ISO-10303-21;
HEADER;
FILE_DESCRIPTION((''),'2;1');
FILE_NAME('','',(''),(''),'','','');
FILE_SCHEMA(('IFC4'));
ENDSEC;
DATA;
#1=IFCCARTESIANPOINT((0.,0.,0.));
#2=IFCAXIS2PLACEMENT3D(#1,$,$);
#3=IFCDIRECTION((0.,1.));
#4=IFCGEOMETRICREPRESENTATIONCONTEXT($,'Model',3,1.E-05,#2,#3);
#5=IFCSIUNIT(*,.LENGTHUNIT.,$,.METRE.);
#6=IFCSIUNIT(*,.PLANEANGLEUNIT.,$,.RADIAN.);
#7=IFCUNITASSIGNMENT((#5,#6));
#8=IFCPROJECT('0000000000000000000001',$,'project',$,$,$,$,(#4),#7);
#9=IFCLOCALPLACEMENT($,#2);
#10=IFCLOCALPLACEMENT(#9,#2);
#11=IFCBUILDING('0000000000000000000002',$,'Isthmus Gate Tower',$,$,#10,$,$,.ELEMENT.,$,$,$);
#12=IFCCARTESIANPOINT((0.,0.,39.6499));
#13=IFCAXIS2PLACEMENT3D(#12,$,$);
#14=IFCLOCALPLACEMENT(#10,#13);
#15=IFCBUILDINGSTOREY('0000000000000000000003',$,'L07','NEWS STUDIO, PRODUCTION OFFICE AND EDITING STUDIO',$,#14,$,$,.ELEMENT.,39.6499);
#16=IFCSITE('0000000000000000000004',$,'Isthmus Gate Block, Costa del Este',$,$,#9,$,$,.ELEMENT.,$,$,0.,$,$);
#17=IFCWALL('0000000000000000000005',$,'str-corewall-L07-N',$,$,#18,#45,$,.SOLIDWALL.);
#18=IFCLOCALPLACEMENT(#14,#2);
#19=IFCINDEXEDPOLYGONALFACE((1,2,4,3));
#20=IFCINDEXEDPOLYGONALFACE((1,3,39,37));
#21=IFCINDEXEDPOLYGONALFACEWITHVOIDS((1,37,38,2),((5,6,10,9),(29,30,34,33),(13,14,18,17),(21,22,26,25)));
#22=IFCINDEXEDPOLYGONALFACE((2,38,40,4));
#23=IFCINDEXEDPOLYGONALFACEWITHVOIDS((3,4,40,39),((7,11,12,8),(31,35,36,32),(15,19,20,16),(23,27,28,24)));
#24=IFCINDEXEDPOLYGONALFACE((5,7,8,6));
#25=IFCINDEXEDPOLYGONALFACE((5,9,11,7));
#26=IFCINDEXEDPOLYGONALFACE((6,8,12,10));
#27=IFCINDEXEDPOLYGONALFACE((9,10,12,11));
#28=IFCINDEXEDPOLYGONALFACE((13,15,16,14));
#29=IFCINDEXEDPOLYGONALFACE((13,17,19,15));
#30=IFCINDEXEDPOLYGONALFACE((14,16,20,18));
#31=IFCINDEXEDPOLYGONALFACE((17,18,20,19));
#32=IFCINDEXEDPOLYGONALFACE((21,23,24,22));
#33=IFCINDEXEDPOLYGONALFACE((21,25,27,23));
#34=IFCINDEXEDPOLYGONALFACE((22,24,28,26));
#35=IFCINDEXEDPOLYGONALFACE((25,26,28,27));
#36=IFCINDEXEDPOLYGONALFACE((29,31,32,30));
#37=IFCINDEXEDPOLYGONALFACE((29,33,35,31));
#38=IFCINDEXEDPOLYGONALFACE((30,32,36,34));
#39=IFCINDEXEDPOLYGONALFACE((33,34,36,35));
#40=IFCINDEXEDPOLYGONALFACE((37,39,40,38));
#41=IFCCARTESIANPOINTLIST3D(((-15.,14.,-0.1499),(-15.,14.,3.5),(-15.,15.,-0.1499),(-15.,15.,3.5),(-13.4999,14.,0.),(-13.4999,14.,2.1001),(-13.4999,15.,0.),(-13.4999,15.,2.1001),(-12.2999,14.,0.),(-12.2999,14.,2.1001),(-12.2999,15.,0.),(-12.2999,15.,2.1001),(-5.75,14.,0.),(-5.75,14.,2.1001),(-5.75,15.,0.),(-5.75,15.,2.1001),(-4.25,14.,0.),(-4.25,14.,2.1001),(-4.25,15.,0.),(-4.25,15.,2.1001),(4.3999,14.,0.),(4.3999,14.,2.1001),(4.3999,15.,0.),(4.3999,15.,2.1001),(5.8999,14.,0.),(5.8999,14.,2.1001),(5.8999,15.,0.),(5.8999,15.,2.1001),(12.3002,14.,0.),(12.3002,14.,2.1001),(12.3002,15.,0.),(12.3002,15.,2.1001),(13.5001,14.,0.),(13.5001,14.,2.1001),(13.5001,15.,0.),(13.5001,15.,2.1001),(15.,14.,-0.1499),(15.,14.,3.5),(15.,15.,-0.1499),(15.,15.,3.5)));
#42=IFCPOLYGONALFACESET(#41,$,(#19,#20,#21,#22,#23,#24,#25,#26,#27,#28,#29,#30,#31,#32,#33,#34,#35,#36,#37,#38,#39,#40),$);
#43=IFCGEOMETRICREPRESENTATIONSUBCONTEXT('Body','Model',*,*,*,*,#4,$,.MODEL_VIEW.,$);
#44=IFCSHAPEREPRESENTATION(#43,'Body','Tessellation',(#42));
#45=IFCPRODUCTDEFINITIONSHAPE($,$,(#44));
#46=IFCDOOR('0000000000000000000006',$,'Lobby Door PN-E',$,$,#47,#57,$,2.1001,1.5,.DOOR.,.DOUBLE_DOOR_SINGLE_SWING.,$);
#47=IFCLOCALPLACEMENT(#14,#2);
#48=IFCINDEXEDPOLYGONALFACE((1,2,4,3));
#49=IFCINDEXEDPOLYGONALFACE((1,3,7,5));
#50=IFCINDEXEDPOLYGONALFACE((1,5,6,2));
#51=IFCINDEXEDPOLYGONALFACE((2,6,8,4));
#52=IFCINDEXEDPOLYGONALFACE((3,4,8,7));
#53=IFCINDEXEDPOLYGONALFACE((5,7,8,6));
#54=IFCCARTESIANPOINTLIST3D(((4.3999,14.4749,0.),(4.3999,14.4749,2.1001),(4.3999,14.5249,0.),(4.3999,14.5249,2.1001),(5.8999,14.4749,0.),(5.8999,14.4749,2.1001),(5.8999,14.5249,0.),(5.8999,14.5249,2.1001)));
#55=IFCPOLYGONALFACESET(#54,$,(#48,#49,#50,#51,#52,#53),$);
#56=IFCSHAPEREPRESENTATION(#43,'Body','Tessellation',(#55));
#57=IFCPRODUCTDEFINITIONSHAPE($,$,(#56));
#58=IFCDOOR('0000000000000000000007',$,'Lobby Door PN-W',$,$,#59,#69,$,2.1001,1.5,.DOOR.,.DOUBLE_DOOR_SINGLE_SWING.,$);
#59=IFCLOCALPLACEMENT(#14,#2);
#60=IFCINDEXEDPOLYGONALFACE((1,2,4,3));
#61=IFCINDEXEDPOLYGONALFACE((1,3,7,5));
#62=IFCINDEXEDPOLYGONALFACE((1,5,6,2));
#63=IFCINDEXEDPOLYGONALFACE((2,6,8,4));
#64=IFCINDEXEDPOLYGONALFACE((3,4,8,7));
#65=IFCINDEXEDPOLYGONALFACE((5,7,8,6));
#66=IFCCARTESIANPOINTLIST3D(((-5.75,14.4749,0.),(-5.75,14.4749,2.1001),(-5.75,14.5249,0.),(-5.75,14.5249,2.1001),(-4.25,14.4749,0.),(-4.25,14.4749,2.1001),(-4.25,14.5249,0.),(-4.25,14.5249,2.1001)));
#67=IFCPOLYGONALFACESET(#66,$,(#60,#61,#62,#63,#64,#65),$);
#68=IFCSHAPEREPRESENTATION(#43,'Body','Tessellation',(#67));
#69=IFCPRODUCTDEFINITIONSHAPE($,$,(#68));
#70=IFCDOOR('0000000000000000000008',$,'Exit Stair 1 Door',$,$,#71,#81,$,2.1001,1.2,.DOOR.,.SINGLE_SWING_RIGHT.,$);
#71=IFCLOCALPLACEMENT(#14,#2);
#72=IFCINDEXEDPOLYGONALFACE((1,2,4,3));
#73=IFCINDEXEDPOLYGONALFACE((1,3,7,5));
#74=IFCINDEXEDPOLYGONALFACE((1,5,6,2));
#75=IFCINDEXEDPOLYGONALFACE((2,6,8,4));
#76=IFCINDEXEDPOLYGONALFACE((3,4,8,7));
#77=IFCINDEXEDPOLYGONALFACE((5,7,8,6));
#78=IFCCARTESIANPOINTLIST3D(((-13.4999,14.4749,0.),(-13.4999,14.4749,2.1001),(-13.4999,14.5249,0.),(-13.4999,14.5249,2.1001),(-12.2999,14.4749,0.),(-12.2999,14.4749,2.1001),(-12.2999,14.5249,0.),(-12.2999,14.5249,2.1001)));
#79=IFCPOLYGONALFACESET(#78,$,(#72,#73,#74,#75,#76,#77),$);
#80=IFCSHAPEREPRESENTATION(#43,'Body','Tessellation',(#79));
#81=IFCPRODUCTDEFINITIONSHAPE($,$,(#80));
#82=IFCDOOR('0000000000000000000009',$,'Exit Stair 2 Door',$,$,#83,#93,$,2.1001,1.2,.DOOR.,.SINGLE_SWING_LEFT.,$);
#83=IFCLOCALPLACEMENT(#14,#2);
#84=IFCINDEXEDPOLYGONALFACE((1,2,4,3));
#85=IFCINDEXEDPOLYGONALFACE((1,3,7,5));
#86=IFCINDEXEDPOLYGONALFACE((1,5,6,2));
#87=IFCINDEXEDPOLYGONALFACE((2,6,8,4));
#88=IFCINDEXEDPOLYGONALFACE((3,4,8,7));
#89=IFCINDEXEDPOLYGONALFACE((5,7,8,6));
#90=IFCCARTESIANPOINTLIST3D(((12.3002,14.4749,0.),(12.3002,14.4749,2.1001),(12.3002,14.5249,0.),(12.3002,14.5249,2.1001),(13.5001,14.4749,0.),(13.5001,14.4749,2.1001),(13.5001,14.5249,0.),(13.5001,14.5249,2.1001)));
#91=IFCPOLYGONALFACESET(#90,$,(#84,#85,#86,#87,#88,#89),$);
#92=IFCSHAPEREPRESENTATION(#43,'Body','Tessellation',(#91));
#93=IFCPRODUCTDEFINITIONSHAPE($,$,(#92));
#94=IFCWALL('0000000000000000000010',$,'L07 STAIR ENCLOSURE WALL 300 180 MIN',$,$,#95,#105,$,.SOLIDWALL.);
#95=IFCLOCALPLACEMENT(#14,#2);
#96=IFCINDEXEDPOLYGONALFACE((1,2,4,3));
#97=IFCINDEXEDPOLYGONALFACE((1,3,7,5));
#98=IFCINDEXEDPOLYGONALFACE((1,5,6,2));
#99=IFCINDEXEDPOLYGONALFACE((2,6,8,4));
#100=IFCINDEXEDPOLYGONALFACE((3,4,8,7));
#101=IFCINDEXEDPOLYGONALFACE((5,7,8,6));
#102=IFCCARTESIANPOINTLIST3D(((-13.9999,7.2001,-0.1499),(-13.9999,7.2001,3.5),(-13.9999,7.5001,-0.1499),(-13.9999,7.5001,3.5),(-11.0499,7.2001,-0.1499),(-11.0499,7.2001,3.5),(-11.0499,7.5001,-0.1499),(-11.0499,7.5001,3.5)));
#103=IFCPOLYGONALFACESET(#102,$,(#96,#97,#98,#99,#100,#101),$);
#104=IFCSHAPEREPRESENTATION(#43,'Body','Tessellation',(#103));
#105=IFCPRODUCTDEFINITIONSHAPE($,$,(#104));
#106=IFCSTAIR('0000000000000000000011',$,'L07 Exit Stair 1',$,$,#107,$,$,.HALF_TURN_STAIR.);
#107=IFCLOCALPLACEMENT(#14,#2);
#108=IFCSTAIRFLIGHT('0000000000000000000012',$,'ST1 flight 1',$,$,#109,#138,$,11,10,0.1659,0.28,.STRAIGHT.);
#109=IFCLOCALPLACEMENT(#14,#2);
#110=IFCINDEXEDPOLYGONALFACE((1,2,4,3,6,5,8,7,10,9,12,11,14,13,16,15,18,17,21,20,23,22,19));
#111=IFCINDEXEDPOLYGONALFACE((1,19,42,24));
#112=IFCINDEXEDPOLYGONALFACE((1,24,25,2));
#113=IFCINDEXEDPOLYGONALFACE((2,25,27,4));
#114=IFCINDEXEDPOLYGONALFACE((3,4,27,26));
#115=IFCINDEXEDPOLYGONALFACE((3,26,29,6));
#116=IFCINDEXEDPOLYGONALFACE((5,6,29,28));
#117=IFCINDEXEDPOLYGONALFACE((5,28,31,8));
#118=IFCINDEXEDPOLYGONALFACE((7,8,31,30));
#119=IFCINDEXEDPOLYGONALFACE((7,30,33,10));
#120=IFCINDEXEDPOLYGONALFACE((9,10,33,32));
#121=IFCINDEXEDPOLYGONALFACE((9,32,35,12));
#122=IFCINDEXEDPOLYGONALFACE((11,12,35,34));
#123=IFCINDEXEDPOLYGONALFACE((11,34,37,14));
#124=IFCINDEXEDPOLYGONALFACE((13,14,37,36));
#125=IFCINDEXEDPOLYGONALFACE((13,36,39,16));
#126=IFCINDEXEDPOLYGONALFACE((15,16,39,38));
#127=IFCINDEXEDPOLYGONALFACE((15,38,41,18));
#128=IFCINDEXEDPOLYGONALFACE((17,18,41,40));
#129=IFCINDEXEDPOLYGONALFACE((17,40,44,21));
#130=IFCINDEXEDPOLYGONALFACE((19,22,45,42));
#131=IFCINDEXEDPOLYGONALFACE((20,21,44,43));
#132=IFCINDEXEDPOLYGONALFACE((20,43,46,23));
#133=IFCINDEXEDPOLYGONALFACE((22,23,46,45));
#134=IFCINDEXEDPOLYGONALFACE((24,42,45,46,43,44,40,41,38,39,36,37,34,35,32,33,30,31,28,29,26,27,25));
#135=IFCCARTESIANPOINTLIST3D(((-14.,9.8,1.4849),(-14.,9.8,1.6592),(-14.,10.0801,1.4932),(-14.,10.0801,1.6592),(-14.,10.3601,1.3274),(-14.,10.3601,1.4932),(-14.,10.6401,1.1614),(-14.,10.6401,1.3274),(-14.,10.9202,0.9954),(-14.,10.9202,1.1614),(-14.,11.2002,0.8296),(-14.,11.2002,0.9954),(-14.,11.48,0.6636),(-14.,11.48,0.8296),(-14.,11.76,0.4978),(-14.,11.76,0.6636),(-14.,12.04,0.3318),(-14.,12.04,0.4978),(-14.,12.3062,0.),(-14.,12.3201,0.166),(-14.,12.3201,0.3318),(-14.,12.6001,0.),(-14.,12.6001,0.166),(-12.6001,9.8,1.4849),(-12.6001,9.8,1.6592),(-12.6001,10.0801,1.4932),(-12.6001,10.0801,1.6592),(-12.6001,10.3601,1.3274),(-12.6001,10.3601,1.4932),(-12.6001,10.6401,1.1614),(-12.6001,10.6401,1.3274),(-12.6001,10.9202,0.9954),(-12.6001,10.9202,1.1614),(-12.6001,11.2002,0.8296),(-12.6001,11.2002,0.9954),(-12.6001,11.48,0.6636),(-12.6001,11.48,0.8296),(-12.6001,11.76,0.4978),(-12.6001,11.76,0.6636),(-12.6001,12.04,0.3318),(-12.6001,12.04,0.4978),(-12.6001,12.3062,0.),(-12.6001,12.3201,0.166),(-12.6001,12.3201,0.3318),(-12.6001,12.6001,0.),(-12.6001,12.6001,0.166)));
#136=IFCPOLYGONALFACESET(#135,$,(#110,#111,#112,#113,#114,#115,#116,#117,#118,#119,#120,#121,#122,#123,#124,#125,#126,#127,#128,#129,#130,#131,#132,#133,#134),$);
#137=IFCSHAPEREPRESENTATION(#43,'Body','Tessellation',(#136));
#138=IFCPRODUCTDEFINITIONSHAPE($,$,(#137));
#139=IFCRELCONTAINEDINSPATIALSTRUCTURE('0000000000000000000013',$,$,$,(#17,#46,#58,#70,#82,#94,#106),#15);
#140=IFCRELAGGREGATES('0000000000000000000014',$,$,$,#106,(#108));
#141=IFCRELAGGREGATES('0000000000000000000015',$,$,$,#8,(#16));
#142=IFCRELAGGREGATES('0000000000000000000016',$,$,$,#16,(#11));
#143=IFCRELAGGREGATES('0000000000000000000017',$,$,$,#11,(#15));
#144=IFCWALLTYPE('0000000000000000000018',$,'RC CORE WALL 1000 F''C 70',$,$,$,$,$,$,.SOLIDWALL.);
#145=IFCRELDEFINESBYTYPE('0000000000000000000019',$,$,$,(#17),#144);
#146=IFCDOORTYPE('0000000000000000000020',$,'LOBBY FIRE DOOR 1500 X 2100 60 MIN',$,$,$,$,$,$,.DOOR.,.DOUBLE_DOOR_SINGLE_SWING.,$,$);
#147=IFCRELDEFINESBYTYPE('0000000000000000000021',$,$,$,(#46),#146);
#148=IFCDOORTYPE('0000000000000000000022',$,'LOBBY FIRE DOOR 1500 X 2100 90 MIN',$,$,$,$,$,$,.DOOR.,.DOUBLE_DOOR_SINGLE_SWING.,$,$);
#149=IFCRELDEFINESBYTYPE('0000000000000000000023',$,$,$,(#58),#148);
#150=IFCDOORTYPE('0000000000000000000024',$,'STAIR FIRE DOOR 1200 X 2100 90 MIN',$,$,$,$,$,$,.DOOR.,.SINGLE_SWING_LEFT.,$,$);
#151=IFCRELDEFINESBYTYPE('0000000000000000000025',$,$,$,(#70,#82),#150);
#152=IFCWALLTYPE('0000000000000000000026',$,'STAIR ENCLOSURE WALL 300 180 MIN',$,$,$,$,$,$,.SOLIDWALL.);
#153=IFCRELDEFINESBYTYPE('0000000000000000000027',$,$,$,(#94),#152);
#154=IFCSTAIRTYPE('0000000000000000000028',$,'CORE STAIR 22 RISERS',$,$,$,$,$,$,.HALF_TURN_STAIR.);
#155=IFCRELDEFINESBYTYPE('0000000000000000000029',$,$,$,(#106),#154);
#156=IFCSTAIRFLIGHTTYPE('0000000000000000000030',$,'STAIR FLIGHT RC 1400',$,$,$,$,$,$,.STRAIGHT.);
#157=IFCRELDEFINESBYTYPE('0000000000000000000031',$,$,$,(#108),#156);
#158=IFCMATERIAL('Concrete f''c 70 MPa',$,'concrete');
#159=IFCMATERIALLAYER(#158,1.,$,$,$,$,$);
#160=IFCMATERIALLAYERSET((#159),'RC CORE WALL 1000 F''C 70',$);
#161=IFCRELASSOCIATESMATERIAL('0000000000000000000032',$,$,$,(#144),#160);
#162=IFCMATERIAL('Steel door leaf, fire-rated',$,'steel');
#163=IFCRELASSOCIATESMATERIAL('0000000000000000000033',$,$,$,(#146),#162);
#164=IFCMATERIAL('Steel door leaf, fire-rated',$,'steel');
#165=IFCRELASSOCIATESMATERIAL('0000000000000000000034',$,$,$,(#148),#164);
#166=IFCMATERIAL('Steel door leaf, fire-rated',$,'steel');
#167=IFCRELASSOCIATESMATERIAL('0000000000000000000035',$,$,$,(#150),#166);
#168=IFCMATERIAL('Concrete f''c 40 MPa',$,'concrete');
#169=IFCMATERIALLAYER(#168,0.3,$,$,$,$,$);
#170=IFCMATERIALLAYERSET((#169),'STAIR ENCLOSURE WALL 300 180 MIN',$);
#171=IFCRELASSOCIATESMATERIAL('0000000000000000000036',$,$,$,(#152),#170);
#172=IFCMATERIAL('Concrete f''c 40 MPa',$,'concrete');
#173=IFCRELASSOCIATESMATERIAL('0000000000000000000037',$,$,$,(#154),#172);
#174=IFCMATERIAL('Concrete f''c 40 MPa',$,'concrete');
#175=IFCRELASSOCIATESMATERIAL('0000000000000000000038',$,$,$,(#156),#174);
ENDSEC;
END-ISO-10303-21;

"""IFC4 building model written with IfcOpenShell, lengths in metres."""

from ifc_helpers import new_model, si_unit, direction, frame, frame_2d, origin, place, context, subcontext, project, spatial, polyline, rectangle, outline, extrude, material, layer, layer_set, type_object, element, fill, aggregate, save


model = new_model("IFC4")

# Units and contexts
model_context = context("Model", 3, precision=1e-05, world=origin(), true_north=direction((0.0, 1.0)))
body_context = subcontext(model_context, "Body", "Model", "MODEL_VIEW")
ifc_project = project(units=[si_unit("LENGTHUNIT", "METRE"), si_unit("PLANEANGLEUNIT", "RADIAN")], contexts=[model_context])

# Site, building, storey
site_placement = place(None, origin())
site = spatial("IfcSite", under=ifc_project, at=site_placement, Name="Isthmus Gate Block, Costa del Este", CompositionType="ELEMENT", RefElevation=0.0)
building_placement = place(site_placement, origin())
building = spatial("IfcBuilding", under=site, at=building_placement, Name="Isthmus Gate Tower", CompositionType="ELEMENT")
storey_placement = place(building_placement, frame((0.0, 0.0, 39.6499)))
storey = spatial("IfcBuildingStorey", under=building, at=storey_placement, Name="L07", Description="NEWS STUDIO, PRODUCTION OFFICE AND EDITING STUDIO", CompositionType="ELEMENT", Elevation=39.6499)

# Wall, openings, doors
ifc_material_1 = material(Name="Concrete f'c 70 MPa", Category="concrete")
ifc_layer_1 = layer(ifc_material_1, 1.0)
ifc_layer_set_1 = layer_set([ifc_layer_1], Name="RC CORE WALL 1000 F'C 70")
wall_type_1 = type_object("IfcWallType", Name="RC CORE WALL 1000 F'C 70", PredefinedType="SOLIDWALL", material=ifc_layer_set_1)
wall_1_placement = place(storey_placement, frame((-15.0, 14.5, -0.1499), z_axis=(0.0, 0.0, 1.0), x_axis=(1.0, 0.0, 0.0)))
wall_1 = element("IfcWall", 1, at=wall_1_placement, inside=storey, type_object=wall_type_1, Name="str-corewall-L07-N", PredefinedType="SOLIDWALL", context=body_context, shape_type="SweptSolid", body=[
    extrude(rectangle(XDim=30.0, YDim=1.0, at=frame_2d((15.0, 0.0))), origin(), (0.0, 0.0, 1.0), 3.6499),
])
opening_1_placement = place(wall_1_placement, frame((9.25, 0.0, 0.1499)))
opening_1 = element("IfcOpeningElement", 2, at=opening_1_placement, cuts=wall_1, PredefinedType="OPENING", context=body_context, shape_type="SweptSolid", body=[
    extrude(rectangle(XDim=1.5, YDim=2.1001, at=frame_2d((0.75, 1.05))), frame((0.0, 0.51, 0.0), z_axis=(0.0, -1.0, 0.0), x_axis=(1.0, 0.0, 0.0)), (0.0, 0.0, 1.0), 1.02),
])
opening_2_placement = place(wall_1_placement, frame((19.3999, 0.0, 0.1499)))
opening_2 = element("IfcOpeningElement", 3, at=opening_2_placement, cuts=wall_1, PredefinedType="OPENING", context=body_context, shape_type="SweptSolid", body=[
    extrude(rectangle(XDim=1.5, YDim=2.1001, at=frame_2d((0.75, 1.05))), frame((0.0, 0.51, 0.0), z_axis=(0.0, -1.0, 0.0), x_axis=(1.0, 0.0, 0.0)), (0.0, 0.0, 1.0), 1.02),
])
opening_3_placement = place(wall_1_placement, frame((1.5, 0.0, 0.1499)))
opening_3 = element("IfcOpeningElement", 4, at=opening_3_placement, cuts=wall_1, PredefinedType="OPENING", context=body_context, shape_type="SweptSolid", body=[
    extrude(rectangle(XDim=1.2, YDim=2.1001, at=frame_2d((0.6001, 1.05))), frame((0.0, 0.51, 0.0), z_axis=(0.0, -1.0, 0.0), x_axis=(1.0, 0.0, 0.0)), (0.0, 0.0, 1.0), 1.02),
])
opening_4_placement = place(wall_1_placement, frame((27.3, 0.0, 0.1499)))
opening_4 = element("IfcOpeningElement", 5, at=opening_4_placement, cuts=wall_1, PredefinedType="OPENING", context=body_context, shape_type="SweptSolid", body=[
    extrude(rectangle(XDim=1.2, YDim=2.1001, at=frame_2d((0.6001, 1.05))), frame((0.0, 0.51, 0.0), z_axis=(0.0, -1.0, 0.0), x_axis=(1.0, 0.0, 0.0)), (0.0, 0.0, 1.0), 1.02),
])
ifc_material_2 = material(Name="Steel door leaf, fire-rated", Category="steel")
door_type_1 = type_object("IfcDoorType", Name="LOBBY FIRE DOOR 1500 X 2100 60 MIN", OperationType="DOUBLE_DOOR_SINGLE_SWING", PredefinedType="DOOR", material=ifc_material_2)
door_1_placement = place(opening_2_placement, origin())
door_1 = element("IfcDoor", 6, at=door_1_placement, inside=storey, type_object=door_type_1, Name="Lobby Door PN-E", OperationType="DOUBLE_DOOR_SINGLE_SWING", OverallHeight=2.1001, OverallWidth=1.5, PredefinedType="DOOR", context=body_context, shape_type="SweptSolid", body=[
    extrude(rectangle(XDim=1.5, YDim=2.1001, at=frame_2d((0.75, 1.05))), frame((0.0, 0.0249, 0.0), z_axis=(0.0, -1.0, 0.0), x_axis=(1.0, 0.0, 0.0)), (0.0, 0.0, 1.0), 0.05),
])
fill(opening_2, door_1)
ifc_material_3 = material(Name="Steel door leaf, fire-rated", Category="steel")
door_type_2 = type_object("IfcDoorType", Name="LOBBY FIRE DOOR 1500 X 2100 90 MIN", OperationType="DOUBLE_DOOR_SINGLE_SWING", PredefinedType="DOOR", material=ifc_material_3)
door_2_placement = place(opening_1_placement, origin())
door_2 = element("IfcDoor", 7, at=door_2_placement, inside=storey, type_object=door_type_2, Name="Lobby Door PN-W", OperationType="DOUBLE_DOOR_SINGLE_SWING", OverallHeight=2.1001, OverallWidth=1.5, PredefinedType="DOOR", context=body_context, shape_type="SweptSolid", body=[
    extrude(rectangle(XDim=1.5, YDim=2.1001, at=frame_2d((0.75, 1.05))), frame((0.0, 0.0249, 0.0), z_axis=(0.0, -1.0, 0.0), x_axis=(1.0, 0.0, 0.0)), (0.0, 0.0, 1.0), 0.05),
])
fill(opening_1, door_2)
ifc_material_4 = material(Name="Steel door leaf, fire-rated", Category="steel")
door_type_3 = type_object("IfcDoorType", Name="STAIR FIRE DOOR 1200 X 2100 90 MIN", OperationType="SINGLE_SWING_LEFT", PredefinedType="DOOR", material=ifc_material_4)
door_3_placement = place(opening_3_placement, origin())
door_3 = element("IfcDoor", 8, at=door_3_placement, inside=storey, type_object=door_type_3, Name="Exit Stair 1 Door", OperationType="SINGLE_SWING_RIGHT", OverallHeight=2.1001, OverallWidth=1.2, PredefinedType="DOOR", context=body_context, shape_type="SweptSolid", body=[
    extrude(rectangle(XDim=1.2, YDim=2.1001, at=frame_2d((0.6001, 1.05))), frame((0.0, 0.0249, 0.0), z_axis=(0.0, -1.0, 0.0), x_axis=(1.0, 0.0, 0.0)), (0.0, 0.0, 1.0), 0.05),
])
fill(opening_3, door_3)
door_4_placement = place(opening_4_placement, origin())
door_4 = element("IfcDoor", 9, at=door_4_placement, inside=storey, type_object=door_type_3, Name="Exit Stair 2 Door", OperationType="SINGLE_SWING_LEFT", OverallHeight=2.1001, OverallWidth=1.2, PredefinedType="DOOR", context=body_context, shape_type="SweptSolid", body=[
    extrude(rectangle(XDim=1.2, YDim=2.1001, at=frame_2d((0.6001, 1.05))), frame((0.0, 0.0249, 0.0), z_axis=(0.0, -1.0, 0.0), x_axis=(1.0, 0.0, 0.0)), (0.0, 0.0, 1.0), 0.05),
])
fill(opening_4, door_4)

# Wall
ifc_material_5 = material(Name="Concrete f'c 40 MPa", Category="concrete")
ifc_layer_2 = layer(ifc_material_5, 0.3)
ifc_layer_set_2 = layer_set([ifc_layer_2], Name="STAIR ENCLOSURE WALL 300 180 MIN")
wall_type_2 = type_object("IfcWallType", Name="STAIR ENCLOSURE WALL 300 180 MIN", PredefinedType="SOLIDWALL", material=ifc_layer_set_2)
wall_2_placement = place(storey_placement, frame((-14.0, 7.3501, -0.1499), z_axis=(0.0, 0.0, 1.0), x_axis=(1.0, 0.0, 0.0)))
element("IfcWall", 10, at=wall_2_placement, inside=storey, type_object=wall_type_2, Name="L07 STAIR ENCLOSURE WALL 300 180 MIN", PredefinedType="SOLIDWALL", context=body_context, shape_type="SweptSolid", body=[
    extrude(rectangle(XDim=2.95, YDim=0.3, at=frame_2d((1.4751, 0.0))), origin(), (0.0, 0.0, 1.0), 3.6499),
])

# Stair, stair flight
ifc_material_6 = material(Name="Concrete f'c 40 MPa", Category="concrete")
stair_type = type_object("IfcStairType", Name="CORE STAIR 22 RISERS", PredefinedType="HALF_TURN_STAIR", material=ifc_material_6)
stair_1_placement = place(storey_placement, origin())
stair_1 = element("IfcStair", 11, at=stair_1_placement, inside=storey, type_object=stair_type, Name="L07 Exit Stair 1", PredefinedType="HALF_TURN_STAIR")
ifc_material_7 = material(Name="Concrete f'c 40 MPa", Category="concrete")
stair_flight_type = type_object("IfcStairFlightType", Name="STAIR FLIGHT RC 1400", PredefinedType="STRAIGHT", material=ifc_material_7)
stair_flight_1_placement = place(storey_placement, frame((-13.3, 12.6001, 0.0), z_axis=(0.0, 0.0, 1.0), x_axis=(0.0, -1.0, 0.0)))
stair_flight_1 = element("IfcStairFlight", 12, at=stair_flight_1_placement, type_object=stair_flight_type, Name="ST1 flight 1", NumberOfRisers=11, NumberOfTreads=10, PredefinedType="STRAIGHT", RiserHeight=0.1659, TreadLength=0.28, context=body_context, shape_type="SweptSolid", body=[
    extrude(outline(polyline([(0.0, 0.0), (0.0, 0.166), (0.28, 0.166), (0.28, 0.3318), (0.5601, 0.3318), (0.5601, 0.4978), (0.8401, 0.4978), (0.8401, 0.6636), (1.1201, 0.6636), (1.1201, 0.8296), (1.3999, 0.8296), (1.3999, 0.9954), (1.6799, 0.9954), (1.6799, 1.1614), (1.96, 1.1614), (1.96, 1.3274), (2.24, 1.3274), (2.24, 1.4932), (2.52, 1.4932), (2.52, 1.6592), (2.8, 1.6592), (2.8, 1.825), (2.8, 1.4849), (0.2939, 0.0), (0.0, 0.0)])), frame((0.0, 0.7, 0.0), z_axis=(0.0, -1.0, 0.0), x_axis=(1.0, 0.0, 0.0)), (0.0, 0.0, 1.0), 1.3999),
])
aggregate(stair_1, [stair_flight_1])

save(model, "model.ifc")
